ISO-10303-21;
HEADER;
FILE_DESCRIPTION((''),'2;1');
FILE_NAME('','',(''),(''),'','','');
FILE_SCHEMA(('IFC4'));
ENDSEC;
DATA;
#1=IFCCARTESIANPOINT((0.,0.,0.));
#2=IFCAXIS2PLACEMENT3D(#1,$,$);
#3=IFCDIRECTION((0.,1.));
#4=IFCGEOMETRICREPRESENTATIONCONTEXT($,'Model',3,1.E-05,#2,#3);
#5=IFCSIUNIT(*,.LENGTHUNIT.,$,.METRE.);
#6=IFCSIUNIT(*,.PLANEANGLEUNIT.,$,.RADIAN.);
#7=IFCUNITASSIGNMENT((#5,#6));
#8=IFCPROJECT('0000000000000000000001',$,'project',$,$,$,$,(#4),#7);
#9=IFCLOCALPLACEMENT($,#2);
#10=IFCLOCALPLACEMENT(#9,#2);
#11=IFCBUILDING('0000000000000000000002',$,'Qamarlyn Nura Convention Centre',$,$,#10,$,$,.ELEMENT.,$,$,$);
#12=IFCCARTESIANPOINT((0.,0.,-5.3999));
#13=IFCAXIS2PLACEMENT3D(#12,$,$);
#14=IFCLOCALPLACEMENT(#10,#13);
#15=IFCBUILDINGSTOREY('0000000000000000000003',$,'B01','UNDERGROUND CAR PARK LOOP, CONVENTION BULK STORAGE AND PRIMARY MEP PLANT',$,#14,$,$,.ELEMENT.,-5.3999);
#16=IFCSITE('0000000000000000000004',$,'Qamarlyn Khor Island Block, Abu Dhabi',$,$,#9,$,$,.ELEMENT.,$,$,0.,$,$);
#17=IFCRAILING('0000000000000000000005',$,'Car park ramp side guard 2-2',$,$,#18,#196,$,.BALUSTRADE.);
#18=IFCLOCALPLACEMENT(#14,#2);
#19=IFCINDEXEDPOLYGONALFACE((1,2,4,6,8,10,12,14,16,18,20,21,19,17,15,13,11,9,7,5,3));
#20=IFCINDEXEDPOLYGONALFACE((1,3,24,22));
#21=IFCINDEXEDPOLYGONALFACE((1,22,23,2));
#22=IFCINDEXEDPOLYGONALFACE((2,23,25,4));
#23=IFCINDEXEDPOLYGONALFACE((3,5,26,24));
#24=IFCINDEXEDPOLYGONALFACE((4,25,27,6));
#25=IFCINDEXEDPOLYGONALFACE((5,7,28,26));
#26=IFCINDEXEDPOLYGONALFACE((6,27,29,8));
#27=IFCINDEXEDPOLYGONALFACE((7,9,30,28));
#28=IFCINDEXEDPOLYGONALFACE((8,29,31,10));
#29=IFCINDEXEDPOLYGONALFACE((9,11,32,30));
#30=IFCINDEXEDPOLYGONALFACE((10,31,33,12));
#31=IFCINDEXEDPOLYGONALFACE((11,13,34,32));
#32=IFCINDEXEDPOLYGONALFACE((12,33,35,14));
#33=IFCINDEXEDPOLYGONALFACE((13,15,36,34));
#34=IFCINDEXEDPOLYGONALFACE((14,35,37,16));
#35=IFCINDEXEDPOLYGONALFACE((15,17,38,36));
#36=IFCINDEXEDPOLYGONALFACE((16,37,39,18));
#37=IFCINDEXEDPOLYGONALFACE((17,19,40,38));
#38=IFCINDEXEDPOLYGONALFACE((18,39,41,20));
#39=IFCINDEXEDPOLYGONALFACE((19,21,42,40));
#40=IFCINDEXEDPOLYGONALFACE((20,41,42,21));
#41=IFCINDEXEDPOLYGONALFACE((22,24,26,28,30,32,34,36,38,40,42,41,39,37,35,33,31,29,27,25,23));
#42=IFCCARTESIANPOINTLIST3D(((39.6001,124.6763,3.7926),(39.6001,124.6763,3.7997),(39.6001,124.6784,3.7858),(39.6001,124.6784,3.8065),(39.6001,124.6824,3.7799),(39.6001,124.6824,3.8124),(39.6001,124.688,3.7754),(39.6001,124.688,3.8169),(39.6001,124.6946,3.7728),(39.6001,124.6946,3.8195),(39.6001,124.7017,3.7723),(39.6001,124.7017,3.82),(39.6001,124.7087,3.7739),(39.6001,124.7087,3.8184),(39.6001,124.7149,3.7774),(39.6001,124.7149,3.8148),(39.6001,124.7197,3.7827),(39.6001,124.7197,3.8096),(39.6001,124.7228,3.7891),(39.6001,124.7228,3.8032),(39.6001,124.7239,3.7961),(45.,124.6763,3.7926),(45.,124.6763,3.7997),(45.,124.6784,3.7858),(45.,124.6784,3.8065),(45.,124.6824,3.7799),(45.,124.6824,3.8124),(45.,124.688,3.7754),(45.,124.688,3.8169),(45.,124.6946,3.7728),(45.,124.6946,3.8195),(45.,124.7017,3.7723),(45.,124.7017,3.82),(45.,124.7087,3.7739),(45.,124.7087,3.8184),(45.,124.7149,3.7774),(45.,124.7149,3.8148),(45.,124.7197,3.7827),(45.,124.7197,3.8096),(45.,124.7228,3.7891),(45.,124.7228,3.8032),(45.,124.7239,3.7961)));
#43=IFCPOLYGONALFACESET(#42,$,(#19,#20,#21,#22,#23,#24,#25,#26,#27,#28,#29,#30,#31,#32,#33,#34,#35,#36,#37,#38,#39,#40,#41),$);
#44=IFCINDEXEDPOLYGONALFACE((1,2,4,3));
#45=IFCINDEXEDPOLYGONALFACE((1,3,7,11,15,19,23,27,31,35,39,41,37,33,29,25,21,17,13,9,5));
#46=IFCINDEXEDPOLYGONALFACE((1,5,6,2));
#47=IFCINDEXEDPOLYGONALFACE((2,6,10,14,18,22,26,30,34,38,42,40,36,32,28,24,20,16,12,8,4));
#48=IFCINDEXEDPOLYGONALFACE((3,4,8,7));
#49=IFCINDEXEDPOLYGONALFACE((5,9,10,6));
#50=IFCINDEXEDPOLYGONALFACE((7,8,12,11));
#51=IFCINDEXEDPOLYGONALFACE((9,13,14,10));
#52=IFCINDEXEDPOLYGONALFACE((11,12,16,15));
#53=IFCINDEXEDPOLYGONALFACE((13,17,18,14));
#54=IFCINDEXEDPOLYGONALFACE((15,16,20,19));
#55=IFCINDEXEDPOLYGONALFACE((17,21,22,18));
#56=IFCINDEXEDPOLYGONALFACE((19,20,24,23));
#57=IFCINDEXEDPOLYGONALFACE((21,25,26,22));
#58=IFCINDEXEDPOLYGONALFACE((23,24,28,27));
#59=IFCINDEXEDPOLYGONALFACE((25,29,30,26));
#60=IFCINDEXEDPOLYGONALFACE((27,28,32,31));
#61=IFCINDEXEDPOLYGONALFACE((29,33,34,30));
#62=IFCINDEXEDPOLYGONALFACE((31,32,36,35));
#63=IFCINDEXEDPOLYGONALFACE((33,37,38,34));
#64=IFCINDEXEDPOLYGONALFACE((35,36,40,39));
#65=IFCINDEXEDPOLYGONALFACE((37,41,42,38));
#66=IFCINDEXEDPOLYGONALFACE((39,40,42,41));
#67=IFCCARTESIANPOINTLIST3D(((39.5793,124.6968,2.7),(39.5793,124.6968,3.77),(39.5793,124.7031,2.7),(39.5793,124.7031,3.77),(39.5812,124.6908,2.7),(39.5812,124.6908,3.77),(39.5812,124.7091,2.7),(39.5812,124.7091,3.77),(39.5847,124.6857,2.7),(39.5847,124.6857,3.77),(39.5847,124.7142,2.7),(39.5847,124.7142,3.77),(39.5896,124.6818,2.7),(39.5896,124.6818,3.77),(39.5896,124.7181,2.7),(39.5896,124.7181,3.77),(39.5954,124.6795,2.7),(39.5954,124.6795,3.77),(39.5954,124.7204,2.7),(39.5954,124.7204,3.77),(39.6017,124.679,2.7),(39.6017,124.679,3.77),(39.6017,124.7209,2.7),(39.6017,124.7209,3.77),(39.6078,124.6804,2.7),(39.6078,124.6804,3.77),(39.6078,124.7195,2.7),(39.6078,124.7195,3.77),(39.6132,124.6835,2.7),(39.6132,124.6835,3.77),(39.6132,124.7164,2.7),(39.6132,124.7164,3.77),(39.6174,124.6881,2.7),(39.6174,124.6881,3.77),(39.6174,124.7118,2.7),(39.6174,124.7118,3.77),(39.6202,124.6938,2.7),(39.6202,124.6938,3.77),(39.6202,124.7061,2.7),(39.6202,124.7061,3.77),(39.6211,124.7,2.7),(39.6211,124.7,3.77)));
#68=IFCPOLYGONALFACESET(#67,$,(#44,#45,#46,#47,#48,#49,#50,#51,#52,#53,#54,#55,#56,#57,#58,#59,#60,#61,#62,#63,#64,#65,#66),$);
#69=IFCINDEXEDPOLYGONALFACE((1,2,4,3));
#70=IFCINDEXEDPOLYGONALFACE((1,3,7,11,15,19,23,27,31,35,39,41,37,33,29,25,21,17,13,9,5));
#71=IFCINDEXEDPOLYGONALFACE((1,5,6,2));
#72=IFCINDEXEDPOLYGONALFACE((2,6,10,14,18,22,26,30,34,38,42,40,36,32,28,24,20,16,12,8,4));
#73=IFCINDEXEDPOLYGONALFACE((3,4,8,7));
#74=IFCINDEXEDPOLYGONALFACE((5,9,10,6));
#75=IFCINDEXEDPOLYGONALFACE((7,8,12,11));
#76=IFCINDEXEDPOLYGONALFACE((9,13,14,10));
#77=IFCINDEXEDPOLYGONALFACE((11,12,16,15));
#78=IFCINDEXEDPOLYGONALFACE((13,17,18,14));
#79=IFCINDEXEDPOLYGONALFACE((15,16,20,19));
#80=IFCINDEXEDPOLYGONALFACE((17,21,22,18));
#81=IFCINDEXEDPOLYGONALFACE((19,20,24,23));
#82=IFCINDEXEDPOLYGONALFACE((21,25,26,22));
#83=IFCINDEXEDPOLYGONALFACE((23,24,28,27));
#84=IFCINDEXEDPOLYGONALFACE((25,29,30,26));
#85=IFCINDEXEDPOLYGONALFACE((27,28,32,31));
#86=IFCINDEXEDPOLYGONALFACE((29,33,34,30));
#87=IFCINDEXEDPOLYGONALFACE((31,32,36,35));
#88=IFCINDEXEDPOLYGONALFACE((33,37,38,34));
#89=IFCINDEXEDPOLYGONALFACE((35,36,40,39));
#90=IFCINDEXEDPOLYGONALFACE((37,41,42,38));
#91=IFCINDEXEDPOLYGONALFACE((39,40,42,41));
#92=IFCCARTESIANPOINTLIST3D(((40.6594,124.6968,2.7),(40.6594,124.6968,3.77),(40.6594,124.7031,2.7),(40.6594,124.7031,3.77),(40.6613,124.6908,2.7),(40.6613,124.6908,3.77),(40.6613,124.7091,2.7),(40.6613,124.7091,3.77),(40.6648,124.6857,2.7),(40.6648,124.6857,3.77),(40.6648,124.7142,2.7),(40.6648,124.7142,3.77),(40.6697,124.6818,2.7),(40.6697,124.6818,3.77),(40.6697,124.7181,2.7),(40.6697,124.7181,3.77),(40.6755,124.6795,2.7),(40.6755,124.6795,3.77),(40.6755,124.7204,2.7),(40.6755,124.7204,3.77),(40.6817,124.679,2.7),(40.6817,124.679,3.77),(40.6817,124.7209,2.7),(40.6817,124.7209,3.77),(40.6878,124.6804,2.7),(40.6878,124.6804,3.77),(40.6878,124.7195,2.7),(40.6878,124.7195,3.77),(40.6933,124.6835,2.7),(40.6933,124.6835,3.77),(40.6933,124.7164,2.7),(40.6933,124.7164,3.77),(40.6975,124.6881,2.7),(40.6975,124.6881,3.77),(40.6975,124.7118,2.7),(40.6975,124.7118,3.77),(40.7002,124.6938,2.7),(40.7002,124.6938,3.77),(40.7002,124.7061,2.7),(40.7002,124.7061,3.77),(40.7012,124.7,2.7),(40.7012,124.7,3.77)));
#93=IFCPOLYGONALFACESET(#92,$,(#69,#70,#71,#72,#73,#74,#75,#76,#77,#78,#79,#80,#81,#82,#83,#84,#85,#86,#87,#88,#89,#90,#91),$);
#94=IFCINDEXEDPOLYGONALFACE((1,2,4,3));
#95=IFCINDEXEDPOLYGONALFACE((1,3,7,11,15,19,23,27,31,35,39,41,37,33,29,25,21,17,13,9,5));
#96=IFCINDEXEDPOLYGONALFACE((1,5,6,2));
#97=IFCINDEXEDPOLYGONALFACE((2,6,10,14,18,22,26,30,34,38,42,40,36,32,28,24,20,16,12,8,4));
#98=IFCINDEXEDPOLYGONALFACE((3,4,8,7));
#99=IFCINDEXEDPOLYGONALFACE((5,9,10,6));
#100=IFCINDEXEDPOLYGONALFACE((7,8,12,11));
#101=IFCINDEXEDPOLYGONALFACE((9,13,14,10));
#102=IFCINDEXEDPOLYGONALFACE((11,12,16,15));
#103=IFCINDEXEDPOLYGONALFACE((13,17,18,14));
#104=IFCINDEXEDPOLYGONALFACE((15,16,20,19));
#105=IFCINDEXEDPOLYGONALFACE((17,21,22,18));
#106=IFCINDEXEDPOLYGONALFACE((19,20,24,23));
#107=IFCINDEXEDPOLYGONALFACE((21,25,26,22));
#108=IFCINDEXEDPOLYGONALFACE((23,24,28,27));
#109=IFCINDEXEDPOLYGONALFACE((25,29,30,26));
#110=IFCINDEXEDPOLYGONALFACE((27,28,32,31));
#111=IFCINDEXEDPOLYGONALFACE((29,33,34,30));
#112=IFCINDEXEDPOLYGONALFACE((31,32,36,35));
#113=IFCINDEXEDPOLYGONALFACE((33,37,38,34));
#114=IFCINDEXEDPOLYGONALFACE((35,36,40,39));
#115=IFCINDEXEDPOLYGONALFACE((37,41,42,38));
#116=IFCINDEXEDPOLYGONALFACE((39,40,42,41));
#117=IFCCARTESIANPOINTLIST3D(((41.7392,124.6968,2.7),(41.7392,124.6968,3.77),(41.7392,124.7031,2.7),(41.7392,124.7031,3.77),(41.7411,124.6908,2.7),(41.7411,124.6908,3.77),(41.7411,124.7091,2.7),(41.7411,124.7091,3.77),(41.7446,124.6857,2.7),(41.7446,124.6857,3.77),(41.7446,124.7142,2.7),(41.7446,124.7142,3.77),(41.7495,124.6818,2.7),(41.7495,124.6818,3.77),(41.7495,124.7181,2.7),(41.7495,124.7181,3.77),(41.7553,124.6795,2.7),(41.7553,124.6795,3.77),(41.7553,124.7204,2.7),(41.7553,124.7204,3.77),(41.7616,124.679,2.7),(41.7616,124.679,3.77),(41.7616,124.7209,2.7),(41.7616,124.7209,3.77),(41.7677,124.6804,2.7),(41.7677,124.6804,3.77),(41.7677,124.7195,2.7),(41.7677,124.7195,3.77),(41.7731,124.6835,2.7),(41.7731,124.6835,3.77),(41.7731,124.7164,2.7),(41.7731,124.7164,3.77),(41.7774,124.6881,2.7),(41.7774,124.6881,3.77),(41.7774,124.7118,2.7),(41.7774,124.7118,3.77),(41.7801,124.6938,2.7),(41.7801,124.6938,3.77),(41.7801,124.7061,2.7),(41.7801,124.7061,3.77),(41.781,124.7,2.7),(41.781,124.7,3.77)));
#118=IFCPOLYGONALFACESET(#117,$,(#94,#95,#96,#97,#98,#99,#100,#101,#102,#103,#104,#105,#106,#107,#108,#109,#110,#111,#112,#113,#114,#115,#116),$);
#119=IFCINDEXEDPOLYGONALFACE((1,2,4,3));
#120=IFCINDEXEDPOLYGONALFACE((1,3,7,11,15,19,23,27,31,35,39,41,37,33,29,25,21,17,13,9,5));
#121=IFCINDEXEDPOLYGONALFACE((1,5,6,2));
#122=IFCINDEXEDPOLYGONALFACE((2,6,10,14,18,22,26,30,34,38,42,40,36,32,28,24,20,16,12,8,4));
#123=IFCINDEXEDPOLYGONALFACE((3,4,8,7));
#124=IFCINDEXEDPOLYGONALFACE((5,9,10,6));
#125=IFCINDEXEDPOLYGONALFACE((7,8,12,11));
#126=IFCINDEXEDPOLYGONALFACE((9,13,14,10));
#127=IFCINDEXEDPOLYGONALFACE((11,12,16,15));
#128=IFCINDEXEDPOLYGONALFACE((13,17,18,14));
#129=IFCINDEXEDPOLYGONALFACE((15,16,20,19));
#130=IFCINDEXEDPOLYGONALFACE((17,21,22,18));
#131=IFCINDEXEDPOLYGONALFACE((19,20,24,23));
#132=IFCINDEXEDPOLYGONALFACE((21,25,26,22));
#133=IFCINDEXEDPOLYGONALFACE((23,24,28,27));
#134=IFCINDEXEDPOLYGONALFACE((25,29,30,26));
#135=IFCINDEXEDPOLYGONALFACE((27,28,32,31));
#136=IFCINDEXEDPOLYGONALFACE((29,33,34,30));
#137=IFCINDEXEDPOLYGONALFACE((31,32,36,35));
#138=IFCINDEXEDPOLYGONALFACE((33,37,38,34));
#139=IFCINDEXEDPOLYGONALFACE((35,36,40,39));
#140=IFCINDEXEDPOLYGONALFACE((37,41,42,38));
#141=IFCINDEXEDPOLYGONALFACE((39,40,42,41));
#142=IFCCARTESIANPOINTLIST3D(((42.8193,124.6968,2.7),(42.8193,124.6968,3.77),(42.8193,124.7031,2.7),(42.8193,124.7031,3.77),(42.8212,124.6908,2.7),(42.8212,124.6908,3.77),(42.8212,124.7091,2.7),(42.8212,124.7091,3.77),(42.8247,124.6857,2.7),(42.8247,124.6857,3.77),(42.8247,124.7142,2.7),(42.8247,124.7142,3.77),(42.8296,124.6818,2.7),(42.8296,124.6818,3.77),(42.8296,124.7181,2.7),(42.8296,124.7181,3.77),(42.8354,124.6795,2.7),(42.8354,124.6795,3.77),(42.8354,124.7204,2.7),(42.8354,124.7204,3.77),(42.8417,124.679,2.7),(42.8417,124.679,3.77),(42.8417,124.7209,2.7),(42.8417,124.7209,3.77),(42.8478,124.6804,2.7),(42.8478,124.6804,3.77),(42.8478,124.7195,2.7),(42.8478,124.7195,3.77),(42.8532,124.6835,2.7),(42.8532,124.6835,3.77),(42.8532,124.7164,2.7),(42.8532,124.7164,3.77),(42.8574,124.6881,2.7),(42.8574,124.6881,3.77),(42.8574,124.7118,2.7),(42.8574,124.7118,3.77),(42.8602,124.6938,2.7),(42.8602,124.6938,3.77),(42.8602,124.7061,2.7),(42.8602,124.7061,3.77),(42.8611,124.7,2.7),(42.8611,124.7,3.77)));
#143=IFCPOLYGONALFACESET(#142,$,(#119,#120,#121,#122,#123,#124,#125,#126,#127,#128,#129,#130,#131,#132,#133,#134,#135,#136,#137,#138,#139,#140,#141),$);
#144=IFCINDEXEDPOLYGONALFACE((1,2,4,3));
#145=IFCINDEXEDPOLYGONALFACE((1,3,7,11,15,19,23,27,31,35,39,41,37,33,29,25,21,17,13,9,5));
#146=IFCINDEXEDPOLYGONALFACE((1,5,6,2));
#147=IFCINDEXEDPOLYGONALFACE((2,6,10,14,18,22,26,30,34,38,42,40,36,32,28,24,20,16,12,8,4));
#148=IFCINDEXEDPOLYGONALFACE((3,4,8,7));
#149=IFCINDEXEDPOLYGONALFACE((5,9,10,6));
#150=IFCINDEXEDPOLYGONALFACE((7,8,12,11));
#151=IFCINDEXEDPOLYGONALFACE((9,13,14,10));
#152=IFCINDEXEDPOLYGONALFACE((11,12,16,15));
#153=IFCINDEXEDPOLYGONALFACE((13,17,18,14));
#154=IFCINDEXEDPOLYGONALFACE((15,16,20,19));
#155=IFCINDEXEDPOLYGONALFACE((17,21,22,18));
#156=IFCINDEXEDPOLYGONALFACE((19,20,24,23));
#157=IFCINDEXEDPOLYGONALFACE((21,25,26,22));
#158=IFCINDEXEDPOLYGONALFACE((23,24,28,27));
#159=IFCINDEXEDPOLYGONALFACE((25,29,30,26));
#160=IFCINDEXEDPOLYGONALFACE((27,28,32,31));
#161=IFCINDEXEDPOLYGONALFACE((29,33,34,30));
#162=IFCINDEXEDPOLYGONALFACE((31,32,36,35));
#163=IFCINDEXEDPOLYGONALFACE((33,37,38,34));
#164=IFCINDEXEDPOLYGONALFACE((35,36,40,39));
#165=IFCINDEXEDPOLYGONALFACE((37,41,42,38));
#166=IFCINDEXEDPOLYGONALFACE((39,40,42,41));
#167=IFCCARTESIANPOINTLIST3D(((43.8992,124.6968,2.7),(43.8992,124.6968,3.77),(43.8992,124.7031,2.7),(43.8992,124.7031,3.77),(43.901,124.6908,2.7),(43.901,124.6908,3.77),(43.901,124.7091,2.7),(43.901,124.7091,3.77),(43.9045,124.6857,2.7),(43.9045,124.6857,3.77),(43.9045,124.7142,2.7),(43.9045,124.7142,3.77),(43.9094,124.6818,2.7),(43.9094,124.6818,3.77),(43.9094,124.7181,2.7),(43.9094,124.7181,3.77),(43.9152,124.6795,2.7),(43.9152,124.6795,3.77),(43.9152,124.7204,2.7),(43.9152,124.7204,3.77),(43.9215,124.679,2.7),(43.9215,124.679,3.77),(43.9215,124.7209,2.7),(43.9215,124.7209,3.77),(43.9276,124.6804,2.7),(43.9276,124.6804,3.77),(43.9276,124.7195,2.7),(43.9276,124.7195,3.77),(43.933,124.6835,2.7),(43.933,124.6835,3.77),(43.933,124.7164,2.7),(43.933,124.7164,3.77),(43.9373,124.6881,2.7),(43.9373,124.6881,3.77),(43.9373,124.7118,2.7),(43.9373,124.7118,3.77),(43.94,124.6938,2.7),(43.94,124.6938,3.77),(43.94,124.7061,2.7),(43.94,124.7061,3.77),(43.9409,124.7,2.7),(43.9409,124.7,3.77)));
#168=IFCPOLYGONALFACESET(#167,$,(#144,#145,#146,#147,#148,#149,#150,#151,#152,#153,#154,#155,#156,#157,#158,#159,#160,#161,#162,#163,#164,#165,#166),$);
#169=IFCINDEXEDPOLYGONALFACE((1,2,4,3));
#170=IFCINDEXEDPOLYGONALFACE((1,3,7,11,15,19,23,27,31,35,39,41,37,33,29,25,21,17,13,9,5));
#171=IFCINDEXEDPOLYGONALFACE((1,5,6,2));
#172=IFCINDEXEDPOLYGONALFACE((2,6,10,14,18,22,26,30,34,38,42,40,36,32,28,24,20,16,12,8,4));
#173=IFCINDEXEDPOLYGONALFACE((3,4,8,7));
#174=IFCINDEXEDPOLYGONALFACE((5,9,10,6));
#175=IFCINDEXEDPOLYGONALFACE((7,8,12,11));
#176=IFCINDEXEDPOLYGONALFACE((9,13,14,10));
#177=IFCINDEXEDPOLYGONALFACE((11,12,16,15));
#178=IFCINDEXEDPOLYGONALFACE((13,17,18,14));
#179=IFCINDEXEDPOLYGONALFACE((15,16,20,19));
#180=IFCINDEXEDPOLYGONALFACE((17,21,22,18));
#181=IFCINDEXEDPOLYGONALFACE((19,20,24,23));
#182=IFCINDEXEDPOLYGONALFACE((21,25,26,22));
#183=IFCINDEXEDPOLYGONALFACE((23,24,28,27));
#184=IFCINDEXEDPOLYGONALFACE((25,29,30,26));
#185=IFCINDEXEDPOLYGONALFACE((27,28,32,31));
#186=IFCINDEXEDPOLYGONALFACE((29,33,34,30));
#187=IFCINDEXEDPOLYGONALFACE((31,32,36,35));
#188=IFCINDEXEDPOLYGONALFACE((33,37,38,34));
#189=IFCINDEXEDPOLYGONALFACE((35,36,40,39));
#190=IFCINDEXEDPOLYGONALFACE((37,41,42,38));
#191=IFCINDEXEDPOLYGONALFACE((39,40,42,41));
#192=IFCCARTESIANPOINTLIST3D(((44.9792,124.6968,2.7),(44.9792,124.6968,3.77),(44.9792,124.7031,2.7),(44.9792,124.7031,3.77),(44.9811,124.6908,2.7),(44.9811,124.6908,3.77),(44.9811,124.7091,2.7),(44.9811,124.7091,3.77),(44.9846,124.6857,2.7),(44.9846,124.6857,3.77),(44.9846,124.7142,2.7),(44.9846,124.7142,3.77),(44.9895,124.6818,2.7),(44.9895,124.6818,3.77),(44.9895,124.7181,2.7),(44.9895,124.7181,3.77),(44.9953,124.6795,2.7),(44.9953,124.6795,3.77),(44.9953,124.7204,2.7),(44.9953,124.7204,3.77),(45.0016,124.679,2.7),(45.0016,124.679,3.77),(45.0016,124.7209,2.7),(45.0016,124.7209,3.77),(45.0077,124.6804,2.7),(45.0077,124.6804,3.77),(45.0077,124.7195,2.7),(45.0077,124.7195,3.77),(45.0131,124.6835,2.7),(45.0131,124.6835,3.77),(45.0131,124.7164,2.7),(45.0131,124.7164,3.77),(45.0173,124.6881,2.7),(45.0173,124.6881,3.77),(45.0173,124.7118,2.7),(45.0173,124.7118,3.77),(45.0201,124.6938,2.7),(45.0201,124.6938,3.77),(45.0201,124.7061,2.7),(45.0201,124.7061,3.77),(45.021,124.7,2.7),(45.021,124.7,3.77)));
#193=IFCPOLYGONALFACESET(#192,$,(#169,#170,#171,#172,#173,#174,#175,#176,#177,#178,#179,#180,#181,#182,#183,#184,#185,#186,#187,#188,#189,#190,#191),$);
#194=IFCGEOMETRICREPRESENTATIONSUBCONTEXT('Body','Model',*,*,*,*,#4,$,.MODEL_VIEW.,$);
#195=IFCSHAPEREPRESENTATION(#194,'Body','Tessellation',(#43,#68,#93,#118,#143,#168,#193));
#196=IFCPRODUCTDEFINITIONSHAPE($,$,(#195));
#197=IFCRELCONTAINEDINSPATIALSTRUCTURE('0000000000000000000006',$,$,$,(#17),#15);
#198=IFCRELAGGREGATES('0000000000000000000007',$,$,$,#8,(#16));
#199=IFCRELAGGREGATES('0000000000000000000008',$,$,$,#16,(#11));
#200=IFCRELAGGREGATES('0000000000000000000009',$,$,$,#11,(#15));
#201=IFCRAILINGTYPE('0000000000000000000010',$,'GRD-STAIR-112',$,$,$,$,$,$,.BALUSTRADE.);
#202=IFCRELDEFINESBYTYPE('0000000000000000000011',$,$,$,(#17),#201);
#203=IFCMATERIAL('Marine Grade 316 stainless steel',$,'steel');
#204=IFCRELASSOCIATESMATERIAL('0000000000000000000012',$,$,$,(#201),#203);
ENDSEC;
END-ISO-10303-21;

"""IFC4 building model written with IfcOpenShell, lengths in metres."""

from ifc_helpers import new_model, si_unit, direction, frame, origin, origin_2d, place, context, subcontext, project, spatial, circle, extrude, material, type_object, element, save


model = new_model("IFC4")

# Units and contexts
model_context = context("Model", 3, precision=1e-05, world=origin(), true_north=direction((0.0, 1.0)))
body_context = subcontext(model_context, "Body", "Model", "MODEL_VIEW")
ifc_project = project(units=[si_unit("LENGTHUNIT", "METRE"), si_unit("PLANEANGLEUNIT", "RADIAN")], contexts=[model_context])

# Site, building, storey
site_placement = place(None, origin())
site = spatial("IfcSite", under=ifc_project, at=site_placement, Name="Qamarlyn Khor Island Block, Abu Dhabi", CompositionType="ELEMENT", RefElevation=0.0)
building_placement = place(site_placement, origin())
building = spatial("IfcBuilding", under=site, at=building_placement, Name="Qamarlyn Nura Convention Centre", CompositionType="ELEMENT")
storey_placement = place(building_placement, frame((0.0, 0.0, -5.3999)))
storey = spatial("IfcBuildingStorey", under=building, at=storey_placement, Name="B01", Description="UNDERGROUND CAR PARK LOOP, CONVENTION BULK STORAGE AND PRIMARY MEP PLANT", CompositionType="ELEMENT", Elevation=-5.3999)

# Railing
ifc_material_1 = material(Name="Marine Grade 316 stainless steel", Category="steel")
railing_type = type_object("IfcRailingType", Name="GRD-STAIR-112", PredefinedType="BALUSTRADE", material=ifc_material_1)
railing_1_placement = place(storey_placement, frame((39.6001, 124.7, 2.7)))
element("IfcRailing", 1, at=railing_1_placement, inside=storey, type_object=railing_type, Name="Car park ramp side guard 2-2", PredefinedType="BALUSTRADE", context=body_context, shape_type="SweptSolid", body=[
    extrude(circle(Radius=0.0239, at=origin_2d()), frame((0.0, 0.0, 1.0962), z_axis=(1.0, 0.0, 0.0), x_axis=(0.0, 1.0, 0.0)), (0.0, 0.0, 1.0), 5.3999),
    extrude(circle(Radius=0.021, at=origin_2d()), origin(), (0.0, 0.0, 1.0), 1.0701),
    extrude(circle(Radius=0.021, at=origin_2d()), frame((1.0801, 0.0, 0.0)), (0.0, 0.0, 1.0), 1.0701),
    extrude(circle(Radius=0.021, at=origin_2d()), frame((2.1599, 0.0, 0.0)), (0.0, 0.0, 1.0), 1.0701),
    extrude(circle(Radius=0.021, at=origin_2d()), frame((3.24, 0.0, 0.0)), (0.0, 0.0, 1.0), 1.0701),
    extrude(circle(Radius=0.021, at=origin_2d()), frame((4.3198, 0.0, 0.0)), (0.0, 0.0, 1.0), 1.0701),
    extrude(circle(Radius=0.021, at=origin_2d()), frame((5.3999, 0.0, 0.0)), (0.0, 0.0, 1.0), 1.0701),
])

save(model, "model.ifc")
